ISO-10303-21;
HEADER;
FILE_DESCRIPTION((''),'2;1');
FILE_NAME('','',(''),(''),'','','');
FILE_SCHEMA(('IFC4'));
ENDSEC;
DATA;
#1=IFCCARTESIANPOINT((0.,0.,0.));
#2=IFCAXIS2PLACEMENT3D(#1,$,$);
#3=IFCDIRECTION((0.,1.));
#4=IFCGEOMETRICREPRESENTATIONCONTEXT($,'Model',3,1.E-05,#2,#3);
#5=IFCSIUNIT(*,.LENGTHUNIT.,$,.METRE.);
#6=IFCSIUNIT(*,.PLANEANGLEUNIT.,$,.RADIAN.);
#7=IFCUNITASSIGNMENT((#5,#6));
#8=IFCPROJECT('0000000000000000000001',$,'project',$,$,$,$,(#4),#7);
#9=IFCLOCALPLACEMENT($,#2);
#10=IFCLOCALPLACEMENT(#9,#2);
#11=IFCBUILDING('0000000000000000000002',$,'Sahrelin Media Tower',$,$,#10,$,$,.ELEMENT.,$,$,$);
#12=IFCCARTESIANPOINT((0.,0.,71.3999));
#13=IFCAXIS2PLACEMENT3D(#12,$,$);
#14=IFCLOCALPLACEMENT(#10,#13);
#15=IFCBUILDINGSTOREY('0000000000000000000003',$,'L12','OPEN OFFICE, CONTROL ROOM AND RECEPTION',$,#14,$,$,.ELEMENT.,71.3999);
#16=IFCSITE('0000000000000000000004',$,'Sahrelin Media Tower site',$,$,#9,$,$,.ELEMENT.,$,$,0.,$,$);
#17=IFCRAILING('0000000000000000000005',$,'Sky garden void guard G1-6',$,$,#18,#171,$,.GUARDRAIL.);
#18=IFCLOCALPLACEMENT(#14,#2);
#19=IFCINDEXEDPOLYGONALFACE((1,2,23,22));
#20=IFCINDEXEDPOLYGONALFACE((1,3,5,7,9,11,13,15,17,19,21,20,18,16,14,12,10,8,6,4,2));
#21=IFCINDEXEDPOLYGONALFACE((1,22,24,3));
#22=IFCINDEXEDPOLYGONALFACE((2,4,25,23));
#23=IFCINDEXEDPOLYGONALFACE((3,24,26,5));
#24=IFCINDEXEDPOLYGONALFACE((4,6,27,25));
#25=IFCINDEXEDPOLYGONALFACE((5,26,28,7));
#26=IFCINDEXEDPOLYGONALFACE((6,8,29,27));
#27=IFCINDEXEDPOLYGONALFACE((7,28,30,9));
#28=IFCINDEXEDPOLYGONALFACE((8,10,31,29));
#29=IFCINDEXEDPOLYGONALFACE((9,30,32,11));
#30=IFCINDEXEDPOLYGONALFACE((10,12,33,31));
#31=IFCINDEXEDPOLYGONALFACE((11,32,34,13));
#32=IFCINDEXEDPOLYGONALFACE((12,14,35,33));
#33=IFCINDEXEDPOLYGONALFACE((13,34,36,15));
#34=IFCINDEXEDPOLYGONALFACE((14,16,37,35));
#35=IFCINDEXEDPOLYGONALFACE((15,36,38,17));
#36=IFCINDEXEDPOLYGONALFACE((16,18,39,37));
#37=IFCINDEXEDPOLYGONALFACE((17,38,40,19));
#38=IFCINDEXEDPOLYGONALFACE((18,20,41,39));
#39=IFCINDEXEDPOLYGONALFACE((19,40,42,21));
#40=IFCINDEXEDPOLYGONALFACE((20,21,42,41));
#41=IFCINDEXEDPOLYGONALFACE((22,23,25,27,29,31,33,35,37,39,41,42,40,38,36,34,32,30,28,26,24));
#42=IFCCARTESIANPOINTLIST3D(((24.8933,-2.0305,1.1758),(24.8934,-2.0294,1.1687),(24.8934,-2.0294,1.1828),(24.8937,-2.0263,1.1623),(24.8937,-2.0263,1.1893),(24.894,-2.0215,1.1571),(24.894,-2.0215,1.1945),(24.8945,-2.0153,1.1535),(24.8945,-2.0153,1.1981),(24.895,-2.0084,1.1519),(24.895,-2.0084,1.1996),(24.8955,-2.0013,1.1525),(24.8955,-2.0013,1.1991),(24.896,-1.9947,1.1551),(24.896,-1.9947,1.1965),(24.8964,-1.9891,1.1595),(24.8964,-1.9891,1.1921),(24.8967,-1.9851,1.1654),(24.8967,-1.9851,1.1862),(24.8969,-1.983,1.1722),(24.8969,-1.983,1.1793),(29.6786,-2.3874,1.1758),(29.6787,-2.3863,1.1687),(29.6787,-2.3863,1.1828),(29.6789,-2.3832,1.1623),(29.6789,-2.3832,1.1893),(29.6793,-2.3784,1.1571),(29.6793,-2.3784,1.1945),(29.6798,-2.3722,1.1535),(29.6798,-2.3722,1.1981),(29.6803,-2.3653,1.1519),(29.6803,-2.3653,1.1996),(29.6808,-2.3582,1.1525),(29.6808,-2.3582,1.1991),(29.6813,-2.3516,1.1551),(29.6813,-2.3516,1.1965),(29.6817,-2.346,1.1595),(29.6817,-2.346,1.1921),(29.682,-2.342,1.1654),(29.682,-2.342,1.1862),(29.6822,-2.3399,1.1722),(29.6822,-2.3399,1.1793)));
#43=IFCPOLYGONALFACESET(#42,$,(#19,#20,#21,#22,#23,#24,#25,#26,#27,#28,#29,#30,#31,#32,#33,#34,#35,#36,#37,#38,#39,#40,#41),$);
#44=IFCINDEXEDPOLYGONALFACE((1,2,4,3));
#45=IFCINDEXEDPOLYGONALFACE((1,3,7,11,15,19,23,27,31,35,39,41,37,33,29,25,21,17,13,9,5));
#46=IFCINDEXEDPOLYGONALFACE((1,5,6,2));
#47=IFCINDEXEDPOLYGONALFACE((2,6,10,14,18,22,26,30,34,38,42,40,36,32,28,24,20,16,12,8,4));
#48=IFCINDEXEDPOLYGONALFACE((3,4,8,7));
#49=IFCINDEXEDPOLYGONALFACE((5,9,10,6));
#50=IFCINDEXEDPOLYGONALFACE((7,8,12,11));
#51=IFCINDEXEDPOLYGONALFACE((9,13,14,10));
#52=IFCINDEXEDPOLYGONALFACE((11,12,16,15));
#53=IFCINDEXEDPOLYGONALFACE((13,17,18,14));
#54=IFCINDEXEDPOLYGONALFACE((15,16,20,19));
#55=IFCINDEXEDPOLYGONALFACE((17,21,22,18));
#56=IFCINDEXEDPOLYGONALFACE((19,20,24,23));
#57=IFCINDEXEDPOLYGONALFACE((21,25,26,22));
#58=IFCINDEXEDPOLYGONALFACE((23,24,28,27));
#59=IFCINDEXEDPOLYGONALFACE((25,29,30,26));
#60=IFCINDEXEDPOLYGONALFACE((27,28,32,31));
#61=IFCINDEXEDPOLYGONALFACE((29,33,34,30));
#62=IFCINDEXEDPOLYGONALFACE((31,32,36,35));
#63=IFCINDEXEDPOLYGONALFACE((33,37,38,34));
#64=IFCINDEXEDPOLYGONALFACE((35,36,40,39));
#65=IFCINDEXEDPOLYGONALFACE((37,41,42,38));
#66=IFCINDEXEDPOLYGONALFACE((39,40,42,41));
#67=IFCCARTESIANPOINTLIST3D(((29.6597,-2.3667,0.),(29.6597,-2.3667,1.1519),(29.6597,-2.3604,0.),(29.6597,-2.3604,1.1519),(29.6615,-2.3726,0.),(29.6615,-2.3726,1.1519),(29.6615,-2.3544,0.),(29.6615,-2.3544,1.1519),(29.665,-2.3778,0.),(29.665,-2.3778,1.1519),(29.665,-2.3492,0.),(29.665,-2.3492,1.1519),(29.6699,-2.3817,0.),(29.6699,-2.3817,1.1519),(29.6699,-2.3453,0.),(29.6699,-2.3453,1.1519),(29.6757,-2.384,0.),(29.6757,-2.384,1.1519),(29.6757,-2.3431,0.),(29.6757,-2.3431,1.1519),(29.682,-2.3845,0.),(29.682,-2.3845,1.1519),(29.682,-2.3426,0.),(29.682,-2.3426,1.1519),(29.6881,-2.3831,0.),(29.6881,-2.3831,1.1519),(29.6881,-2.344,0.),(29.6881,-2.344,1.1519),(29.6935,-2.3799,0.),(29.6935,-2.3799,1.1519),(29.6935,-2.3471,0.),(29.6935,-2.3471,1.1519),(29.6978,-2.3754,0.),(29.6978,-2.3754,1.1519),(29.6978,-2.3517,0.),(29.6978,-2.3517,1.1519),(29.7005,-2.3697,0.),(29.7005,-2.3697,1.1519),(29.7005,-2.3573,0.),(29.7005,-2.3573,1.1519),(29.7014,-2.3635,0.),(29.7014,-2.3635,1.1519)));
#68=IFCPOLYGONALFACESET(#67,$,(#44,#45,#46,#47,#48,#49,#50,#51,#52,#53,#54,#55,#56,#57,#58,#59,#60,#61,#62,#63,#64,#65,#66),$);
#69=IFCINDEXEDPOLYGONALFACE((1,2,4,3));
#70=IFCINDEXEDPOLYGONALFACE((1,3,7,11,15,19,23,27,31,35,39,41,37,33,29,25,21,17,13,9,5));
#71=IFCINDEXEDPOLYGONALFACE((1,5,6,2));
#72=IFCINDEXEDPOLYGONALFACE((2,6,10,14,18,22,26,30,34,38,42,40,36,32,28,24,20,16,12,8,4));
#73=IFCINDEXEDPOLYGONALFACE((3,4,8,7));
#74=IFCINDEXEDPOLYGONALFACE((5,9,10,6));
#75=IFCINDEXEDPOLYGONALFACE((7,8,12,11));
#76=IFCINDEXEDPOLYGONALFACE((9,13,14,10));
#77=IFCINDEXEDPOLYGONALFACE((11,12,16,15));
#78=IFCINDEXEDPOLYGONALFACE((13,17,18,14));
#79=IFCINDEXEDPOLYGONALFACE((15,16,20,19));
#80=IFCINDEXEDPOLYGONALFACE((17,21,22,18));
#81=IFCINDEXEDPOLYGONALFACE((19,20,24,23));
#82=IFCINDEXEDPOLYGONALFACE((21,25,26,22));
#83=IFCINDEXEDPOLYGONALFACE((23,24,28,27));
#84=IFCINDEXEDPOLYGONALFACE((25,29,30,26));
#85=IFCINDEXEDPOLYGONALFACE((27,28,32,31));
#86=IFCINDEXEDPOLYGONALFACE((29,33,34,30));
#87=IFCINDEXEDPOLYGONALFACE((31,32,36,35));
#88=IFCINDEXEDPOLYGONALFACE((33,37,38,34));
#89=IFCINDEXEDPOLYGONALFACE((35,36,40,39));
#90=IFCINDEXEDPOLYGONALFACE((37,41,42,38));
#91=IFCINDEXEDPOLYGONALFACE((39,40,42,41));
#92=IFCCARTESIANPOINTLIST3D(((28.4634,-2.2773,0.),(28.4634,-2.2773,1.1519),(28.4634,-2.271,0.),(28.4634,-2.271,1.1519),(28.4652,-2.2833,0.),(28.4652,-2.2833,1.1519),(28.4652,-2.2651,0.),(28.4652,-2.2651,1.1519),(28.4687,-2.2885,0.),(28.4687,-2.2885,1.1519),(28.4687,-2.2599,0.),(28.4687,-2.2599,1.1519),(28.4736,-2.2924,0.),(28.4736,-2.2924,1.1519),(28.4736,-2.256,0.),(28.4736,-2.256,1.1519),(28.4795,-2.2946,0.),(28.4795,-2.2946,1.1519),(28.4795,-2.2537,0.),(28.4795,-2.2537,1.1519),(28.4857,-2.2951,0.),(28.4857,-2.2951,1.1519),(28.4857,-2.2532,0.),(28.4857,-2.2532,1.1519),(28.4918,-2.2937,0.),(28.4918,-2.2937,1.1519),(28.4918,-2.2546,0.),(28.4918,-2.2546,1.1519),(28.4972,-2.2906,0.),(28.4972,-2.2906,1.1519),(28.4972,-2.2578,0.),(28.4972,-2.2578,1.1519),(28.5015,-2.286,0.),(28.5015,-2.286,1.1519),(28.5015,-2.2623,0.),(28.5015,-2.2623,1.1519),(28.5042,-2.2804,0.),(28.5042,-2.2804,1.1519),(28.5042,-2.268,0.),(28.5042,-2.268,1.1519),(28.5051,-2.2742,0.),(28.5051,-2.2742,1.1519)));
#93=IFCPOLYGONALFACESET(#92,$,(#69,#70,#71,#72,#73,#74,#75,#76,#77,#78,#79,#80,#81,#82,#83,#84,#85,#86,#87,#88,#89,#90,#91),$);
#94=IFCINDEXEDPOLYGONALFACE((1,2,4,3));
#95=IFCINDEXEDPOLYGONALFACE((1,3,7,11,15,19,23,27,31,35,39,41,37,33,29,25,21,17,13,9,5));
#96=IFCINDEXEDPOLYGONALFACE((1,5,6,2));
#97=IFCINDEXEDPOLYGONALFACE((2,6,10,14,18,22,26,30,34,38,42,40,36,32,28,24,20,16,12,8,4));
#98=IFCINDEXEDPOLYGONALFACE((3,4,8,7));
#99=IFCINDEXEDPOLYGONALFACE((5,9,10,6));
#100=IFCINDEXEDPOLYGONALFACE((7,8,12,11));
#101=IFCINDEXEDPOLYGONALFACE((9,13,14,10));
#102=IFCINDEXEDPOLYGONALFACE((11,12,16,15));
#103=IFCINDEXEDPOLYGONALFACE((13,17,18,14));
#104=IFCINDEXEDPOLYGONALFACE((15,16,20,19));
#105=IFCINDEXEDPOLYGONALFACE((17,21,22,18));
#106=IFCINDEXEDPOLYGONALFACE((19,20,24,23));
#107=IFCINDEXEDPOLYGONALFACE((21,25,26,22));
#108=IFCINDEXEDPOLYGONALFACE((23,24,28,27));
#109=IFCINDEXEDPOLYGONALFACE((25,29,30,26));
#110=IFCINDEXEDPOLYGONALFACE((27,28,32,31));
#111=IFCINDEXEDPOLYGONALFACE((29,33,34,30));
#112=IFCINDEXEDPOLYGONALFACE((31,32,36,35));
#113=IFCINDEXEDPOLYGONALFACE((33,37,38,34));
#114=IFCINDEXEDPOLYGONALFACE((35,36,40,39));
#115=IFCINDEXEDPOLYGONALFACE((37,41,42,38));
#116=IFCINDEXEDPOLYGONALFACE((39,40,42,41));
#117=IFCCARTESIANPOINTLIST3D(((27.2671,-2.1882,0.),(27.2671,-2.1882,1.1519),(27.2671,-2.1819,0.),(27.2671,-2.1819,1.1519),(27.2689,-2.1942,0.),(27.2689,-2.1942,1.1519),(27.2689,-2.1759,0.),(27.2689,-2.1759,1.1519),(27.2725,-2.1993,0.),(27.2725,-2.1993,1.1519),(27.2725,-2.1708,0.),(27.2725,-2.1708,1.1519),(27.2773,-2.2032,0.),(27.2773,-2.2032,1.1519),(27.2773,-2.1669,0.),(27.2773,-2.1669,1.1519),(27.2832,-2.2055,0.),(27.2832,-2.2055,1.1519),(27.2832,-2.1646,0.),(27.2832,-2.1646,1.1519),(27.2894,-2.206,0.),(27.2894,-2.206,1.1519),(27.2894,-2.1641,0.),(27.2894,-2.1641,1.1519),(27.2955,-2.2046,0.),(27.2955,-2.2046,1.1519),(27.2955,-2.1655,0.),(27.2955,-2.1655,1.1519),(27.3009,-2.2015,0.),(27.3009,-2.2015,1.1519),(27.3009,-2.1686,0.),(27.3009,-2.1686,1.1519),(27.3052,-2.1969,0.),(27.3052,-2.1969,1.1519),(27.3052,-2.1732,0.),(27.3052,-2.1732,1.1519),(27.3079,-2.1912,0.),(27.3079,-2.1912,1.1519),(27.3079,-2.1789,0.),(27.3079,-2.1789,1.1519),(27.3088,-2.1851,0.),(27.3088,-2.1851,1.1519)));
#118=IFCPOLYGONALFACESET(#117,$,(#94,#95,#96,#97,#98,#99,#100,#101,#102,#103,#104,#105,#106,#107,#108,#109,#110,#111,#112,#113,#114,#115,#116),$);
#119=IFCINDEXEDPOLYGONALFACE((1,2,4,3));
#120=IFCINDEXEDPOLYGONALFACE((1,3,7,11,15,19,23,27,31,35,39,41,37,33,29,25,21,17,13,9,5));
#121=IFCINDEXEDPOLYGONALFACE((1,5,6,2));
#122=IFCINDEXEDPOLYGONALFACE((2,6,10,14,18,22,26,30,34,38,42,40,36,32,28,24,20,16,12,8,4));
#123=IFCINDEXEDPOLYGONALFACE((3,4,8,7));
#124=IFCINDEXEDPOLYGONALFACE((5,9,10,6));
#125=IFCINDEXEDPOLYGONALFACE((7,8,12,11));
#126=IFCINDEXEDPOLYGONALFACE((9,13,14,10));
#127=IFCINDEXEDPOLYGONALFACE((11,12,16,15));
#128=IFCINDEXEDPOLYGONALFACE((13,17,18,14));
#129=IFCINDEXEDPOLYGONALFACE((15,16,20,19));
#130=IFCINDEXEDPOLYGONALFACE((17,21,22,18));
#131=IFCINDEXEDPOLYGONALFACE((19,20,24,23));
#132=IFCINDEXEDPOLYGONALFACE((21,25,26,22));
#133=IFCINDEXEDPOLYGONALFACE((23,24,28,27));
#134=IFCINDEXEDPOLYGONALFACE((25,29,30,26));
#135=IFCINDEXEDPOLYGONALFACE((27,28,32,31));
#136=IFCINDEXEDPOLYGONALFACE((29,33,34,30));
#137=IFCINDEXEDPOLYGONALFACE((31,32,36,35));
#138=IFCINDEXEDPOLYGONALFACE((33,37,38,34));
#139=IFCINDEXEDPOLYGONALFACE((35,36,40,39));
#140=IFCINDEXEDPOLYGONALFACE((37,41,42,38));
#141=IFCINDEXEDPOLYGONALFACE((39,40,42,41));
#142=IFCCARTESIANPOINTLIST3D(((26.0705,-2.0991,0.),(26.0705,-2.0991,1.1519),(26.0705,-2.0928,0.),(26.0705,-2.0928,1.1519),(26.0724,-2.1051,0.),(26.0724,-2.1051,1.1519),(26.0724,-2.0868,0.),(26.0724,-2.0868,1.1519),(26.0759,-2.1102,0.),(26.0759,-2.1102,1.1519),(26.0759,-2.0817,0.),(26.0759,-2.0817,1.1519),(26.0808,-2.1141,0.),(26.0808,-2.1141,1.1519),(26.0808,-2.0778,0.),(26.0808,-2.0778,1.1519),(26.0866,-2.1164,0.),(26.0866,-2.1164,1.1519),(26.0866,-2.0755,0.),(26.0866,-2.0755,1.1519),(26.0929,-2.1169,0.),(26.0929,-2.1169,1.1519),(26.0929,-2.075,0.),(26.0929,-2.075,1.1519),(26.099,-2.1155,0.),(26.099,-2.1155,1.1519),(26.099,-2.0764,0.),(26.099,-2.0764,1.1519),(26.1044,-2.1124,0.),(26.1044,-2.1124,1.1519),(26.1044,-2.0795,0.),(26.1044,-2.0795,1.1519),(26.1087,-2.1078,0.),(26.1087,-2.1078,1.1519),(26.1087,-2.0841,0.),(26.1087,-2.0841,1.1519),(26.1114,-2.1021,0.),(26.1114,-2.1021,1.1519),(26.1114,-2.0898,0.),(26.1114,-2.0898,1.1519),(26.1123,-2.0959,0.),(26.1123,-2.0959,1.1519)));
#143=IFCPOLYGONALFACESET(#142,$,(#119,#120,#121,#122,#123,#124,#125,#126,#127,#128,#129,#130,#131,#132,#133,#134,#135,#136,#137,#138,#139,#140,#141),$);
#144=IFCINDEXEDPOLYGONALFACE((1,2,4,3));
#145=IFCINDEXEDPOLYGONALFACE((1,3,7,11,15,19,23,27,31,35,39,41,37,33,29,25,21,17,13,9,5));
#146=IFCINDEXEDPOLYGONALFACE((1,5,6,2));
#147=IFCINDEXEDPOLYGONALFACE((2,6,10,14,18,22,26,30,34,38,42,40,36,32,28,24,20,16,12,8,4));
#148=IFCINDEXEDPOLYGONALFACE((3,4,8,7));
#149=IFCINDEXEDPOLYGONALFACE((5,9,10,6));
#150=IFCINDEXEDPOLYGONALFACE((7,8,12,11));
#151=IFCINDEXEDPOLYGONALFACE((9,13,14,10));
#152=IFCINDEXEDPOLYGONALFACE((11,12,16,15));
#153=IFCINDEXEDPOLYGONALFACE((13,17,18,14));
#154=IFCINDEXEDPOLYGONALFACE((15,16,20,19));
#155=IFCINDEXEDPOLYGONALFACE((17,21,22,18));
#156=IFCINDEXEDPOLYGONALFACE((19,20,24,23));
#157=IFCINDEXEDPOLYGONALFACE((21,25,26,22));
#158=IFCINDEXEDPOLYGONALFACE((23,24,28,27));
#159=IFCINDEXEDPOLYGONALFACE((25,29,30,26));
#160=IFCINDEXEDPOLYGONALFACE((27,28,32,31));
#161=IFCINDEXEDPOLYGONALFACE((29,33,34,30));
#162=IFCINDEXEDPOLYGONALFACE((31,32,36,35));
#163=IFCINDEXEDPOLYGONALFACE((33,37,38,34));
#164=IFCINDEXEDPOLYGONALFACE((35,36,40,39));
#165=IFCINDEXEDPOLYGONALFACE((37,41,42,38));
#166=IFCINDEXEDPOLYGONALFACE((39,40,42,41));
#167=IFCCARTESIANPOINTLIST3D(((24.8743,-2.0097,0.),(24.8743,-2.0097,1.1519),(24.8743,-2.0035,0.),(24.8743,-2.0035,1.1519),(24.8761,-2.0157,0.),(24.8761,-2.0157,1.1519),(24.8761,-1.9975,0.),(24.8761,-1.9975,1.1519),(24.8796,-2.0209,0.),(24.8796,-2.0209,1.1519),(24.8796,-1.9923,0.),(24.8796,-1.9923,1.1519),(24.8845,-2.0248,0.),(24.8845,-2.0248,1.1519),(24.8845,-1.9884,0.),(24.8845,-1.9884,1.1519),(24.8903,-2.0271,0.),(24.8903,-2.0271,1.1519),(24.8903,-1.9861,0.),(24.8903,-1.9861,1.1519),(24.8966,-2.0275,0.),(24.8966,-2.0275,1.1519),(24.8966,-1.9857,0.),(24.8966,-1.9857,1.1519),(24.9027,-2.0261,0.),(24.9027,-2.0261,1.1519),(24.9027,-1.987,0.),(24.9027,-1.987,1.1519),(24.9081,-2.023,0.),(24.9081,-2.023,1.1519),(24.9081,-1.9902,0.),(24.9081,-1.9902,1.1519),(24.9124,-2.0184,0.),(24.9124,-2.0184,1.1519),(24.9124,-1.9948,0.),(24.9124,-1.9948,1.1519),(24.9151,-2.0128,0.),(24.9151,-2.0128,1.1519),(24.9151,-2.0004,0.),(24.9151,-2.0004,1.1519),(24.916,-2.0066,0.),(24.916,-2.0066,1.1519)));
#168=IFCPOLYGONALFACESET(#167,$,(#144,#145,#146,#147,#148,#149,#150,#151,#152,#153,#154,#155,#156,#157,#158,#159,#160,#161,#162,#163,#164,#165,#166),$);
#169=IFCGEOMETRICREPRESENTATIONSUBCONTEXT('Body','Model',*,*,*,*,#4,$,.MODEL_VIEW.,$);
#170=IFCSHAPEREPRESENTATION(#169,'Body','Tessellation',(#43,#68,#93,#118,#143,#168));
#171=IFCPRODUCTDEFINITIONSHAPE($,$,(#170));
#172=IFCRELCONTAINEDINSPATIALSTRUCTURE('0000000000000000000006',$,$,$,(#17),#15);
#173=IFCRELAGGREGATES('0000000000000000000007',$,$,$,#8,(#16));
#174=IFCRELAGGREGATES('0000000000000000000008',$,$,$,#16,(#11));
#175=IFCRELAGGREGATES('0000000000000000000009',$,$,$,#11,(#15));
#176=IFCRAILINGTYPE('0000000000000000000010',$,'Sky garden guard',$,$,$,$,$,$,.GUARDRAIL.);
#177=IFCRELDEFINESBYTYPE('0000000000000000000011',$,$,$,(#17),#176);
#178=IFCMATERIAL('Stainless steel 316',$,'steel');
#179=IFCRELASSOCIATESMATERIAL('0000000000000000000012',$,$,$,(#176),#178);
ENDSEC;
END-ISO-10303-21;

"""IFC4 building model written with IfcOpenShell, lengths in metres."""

from ifc_helpers import new_model, si_unit, direction, frame, origin, origin_2d, place, context, subcontext, project, spatial, circle, extrude, material, type_object, element, save


model = new_model("IFC4")

# Units and contexts
model_context = context("Model", 3, precision=1e-05, world=origin(), true_north=direction((0.0, 1.0)))
body_context = subcontext(model_context, "Body", "Model", "MODEL_VIEW")
ifc_project = project(units=[si_unit("LENGTHUNIT", "METRE"), si_unit("PLANEANGLEUNIT", "RADIAN")], contexts=[model_context])

# Site, building, storey
site_placement = place(None, origin())
site = spatial("IfcSite", under=ifc_project, at=site_placement, Name="Sahrelin Media Tower site", CompositionType="ELEMENT", RefElevation=0.0)
building_placement = place(site_placement, origin())
building = spatial("IfcBuilding", under=site, at=building_placement, Name="Sahrelin Media Tower", CompositionType="ELEMENT")
storey_placement = place(building_placement, frame((0.0, 0.0, 71.3999)))
storey = spatial("IfcBuildingStorey", under=building, at=storey_placement, Name="L12", Description="OPEN OFFICE, CONTROL ROOM AND RECEPTION", CompositionType="ELEMENT", Elevation=71.3999)

# Railing
ifc_material_1 = material(Name="Stainless steel 316", Category="steel")
railing_type = type_object("IfcRailingType", Name="Sky garden guard", PredefinedType="GUARDRAIL", material=ifc_material_1)
railing_1_placement = place(storey_placement, frame((29.6804, -2.3635, 0.0)))
element("IfcRailing", 1, at=railing_1_placement, inside=storey, type_object=railing_type, Name="Sky garden void guard G1-6", PredefinedType="GUARDRAIL", context=body_context, shape_type="SweptSolid", body=[
    extrude(circle(Radius=0.0239, at=origin_2d()), frame((0.0, 0.0, 1.1758), z_axis=(-0.99723, 0.074381, 0.0), x_axis=(-0.074381, -0.99723, 0.0)), (0.0, 0.0, 1.0), 4.7986),
    extrude(circle(Radius=0.021, at=origin_2d()), origin(), (0.0, 0.0, 1.0), 1.1519),
    extrude(circle(Radius=0.021, at=origin_2d()), frame((-1.1963, 0.0894, 0.0)), (0.0, 0.0, 1.0), 1.1519),
    extrude(circle(Radius=0.021, at=origin_2d()), frame((-2.3926, 0.1785, 0.0)), (0.0, 0.0, 1.0), 1.1519),
    extrude(circle(Radius=0.021, at=origin_2d()), frame((-3.5891, 0.2676, 0.0)), (0.0, 0.0, 1.0), 1.1519),
    extrude(circle(Radius=0.021, at=origin_2d()), frame((-4.7854, 0.3569, 0.0)), (0.0, 0.0, 1.0), 1.1519),
])

save(model, "model.ifc")
